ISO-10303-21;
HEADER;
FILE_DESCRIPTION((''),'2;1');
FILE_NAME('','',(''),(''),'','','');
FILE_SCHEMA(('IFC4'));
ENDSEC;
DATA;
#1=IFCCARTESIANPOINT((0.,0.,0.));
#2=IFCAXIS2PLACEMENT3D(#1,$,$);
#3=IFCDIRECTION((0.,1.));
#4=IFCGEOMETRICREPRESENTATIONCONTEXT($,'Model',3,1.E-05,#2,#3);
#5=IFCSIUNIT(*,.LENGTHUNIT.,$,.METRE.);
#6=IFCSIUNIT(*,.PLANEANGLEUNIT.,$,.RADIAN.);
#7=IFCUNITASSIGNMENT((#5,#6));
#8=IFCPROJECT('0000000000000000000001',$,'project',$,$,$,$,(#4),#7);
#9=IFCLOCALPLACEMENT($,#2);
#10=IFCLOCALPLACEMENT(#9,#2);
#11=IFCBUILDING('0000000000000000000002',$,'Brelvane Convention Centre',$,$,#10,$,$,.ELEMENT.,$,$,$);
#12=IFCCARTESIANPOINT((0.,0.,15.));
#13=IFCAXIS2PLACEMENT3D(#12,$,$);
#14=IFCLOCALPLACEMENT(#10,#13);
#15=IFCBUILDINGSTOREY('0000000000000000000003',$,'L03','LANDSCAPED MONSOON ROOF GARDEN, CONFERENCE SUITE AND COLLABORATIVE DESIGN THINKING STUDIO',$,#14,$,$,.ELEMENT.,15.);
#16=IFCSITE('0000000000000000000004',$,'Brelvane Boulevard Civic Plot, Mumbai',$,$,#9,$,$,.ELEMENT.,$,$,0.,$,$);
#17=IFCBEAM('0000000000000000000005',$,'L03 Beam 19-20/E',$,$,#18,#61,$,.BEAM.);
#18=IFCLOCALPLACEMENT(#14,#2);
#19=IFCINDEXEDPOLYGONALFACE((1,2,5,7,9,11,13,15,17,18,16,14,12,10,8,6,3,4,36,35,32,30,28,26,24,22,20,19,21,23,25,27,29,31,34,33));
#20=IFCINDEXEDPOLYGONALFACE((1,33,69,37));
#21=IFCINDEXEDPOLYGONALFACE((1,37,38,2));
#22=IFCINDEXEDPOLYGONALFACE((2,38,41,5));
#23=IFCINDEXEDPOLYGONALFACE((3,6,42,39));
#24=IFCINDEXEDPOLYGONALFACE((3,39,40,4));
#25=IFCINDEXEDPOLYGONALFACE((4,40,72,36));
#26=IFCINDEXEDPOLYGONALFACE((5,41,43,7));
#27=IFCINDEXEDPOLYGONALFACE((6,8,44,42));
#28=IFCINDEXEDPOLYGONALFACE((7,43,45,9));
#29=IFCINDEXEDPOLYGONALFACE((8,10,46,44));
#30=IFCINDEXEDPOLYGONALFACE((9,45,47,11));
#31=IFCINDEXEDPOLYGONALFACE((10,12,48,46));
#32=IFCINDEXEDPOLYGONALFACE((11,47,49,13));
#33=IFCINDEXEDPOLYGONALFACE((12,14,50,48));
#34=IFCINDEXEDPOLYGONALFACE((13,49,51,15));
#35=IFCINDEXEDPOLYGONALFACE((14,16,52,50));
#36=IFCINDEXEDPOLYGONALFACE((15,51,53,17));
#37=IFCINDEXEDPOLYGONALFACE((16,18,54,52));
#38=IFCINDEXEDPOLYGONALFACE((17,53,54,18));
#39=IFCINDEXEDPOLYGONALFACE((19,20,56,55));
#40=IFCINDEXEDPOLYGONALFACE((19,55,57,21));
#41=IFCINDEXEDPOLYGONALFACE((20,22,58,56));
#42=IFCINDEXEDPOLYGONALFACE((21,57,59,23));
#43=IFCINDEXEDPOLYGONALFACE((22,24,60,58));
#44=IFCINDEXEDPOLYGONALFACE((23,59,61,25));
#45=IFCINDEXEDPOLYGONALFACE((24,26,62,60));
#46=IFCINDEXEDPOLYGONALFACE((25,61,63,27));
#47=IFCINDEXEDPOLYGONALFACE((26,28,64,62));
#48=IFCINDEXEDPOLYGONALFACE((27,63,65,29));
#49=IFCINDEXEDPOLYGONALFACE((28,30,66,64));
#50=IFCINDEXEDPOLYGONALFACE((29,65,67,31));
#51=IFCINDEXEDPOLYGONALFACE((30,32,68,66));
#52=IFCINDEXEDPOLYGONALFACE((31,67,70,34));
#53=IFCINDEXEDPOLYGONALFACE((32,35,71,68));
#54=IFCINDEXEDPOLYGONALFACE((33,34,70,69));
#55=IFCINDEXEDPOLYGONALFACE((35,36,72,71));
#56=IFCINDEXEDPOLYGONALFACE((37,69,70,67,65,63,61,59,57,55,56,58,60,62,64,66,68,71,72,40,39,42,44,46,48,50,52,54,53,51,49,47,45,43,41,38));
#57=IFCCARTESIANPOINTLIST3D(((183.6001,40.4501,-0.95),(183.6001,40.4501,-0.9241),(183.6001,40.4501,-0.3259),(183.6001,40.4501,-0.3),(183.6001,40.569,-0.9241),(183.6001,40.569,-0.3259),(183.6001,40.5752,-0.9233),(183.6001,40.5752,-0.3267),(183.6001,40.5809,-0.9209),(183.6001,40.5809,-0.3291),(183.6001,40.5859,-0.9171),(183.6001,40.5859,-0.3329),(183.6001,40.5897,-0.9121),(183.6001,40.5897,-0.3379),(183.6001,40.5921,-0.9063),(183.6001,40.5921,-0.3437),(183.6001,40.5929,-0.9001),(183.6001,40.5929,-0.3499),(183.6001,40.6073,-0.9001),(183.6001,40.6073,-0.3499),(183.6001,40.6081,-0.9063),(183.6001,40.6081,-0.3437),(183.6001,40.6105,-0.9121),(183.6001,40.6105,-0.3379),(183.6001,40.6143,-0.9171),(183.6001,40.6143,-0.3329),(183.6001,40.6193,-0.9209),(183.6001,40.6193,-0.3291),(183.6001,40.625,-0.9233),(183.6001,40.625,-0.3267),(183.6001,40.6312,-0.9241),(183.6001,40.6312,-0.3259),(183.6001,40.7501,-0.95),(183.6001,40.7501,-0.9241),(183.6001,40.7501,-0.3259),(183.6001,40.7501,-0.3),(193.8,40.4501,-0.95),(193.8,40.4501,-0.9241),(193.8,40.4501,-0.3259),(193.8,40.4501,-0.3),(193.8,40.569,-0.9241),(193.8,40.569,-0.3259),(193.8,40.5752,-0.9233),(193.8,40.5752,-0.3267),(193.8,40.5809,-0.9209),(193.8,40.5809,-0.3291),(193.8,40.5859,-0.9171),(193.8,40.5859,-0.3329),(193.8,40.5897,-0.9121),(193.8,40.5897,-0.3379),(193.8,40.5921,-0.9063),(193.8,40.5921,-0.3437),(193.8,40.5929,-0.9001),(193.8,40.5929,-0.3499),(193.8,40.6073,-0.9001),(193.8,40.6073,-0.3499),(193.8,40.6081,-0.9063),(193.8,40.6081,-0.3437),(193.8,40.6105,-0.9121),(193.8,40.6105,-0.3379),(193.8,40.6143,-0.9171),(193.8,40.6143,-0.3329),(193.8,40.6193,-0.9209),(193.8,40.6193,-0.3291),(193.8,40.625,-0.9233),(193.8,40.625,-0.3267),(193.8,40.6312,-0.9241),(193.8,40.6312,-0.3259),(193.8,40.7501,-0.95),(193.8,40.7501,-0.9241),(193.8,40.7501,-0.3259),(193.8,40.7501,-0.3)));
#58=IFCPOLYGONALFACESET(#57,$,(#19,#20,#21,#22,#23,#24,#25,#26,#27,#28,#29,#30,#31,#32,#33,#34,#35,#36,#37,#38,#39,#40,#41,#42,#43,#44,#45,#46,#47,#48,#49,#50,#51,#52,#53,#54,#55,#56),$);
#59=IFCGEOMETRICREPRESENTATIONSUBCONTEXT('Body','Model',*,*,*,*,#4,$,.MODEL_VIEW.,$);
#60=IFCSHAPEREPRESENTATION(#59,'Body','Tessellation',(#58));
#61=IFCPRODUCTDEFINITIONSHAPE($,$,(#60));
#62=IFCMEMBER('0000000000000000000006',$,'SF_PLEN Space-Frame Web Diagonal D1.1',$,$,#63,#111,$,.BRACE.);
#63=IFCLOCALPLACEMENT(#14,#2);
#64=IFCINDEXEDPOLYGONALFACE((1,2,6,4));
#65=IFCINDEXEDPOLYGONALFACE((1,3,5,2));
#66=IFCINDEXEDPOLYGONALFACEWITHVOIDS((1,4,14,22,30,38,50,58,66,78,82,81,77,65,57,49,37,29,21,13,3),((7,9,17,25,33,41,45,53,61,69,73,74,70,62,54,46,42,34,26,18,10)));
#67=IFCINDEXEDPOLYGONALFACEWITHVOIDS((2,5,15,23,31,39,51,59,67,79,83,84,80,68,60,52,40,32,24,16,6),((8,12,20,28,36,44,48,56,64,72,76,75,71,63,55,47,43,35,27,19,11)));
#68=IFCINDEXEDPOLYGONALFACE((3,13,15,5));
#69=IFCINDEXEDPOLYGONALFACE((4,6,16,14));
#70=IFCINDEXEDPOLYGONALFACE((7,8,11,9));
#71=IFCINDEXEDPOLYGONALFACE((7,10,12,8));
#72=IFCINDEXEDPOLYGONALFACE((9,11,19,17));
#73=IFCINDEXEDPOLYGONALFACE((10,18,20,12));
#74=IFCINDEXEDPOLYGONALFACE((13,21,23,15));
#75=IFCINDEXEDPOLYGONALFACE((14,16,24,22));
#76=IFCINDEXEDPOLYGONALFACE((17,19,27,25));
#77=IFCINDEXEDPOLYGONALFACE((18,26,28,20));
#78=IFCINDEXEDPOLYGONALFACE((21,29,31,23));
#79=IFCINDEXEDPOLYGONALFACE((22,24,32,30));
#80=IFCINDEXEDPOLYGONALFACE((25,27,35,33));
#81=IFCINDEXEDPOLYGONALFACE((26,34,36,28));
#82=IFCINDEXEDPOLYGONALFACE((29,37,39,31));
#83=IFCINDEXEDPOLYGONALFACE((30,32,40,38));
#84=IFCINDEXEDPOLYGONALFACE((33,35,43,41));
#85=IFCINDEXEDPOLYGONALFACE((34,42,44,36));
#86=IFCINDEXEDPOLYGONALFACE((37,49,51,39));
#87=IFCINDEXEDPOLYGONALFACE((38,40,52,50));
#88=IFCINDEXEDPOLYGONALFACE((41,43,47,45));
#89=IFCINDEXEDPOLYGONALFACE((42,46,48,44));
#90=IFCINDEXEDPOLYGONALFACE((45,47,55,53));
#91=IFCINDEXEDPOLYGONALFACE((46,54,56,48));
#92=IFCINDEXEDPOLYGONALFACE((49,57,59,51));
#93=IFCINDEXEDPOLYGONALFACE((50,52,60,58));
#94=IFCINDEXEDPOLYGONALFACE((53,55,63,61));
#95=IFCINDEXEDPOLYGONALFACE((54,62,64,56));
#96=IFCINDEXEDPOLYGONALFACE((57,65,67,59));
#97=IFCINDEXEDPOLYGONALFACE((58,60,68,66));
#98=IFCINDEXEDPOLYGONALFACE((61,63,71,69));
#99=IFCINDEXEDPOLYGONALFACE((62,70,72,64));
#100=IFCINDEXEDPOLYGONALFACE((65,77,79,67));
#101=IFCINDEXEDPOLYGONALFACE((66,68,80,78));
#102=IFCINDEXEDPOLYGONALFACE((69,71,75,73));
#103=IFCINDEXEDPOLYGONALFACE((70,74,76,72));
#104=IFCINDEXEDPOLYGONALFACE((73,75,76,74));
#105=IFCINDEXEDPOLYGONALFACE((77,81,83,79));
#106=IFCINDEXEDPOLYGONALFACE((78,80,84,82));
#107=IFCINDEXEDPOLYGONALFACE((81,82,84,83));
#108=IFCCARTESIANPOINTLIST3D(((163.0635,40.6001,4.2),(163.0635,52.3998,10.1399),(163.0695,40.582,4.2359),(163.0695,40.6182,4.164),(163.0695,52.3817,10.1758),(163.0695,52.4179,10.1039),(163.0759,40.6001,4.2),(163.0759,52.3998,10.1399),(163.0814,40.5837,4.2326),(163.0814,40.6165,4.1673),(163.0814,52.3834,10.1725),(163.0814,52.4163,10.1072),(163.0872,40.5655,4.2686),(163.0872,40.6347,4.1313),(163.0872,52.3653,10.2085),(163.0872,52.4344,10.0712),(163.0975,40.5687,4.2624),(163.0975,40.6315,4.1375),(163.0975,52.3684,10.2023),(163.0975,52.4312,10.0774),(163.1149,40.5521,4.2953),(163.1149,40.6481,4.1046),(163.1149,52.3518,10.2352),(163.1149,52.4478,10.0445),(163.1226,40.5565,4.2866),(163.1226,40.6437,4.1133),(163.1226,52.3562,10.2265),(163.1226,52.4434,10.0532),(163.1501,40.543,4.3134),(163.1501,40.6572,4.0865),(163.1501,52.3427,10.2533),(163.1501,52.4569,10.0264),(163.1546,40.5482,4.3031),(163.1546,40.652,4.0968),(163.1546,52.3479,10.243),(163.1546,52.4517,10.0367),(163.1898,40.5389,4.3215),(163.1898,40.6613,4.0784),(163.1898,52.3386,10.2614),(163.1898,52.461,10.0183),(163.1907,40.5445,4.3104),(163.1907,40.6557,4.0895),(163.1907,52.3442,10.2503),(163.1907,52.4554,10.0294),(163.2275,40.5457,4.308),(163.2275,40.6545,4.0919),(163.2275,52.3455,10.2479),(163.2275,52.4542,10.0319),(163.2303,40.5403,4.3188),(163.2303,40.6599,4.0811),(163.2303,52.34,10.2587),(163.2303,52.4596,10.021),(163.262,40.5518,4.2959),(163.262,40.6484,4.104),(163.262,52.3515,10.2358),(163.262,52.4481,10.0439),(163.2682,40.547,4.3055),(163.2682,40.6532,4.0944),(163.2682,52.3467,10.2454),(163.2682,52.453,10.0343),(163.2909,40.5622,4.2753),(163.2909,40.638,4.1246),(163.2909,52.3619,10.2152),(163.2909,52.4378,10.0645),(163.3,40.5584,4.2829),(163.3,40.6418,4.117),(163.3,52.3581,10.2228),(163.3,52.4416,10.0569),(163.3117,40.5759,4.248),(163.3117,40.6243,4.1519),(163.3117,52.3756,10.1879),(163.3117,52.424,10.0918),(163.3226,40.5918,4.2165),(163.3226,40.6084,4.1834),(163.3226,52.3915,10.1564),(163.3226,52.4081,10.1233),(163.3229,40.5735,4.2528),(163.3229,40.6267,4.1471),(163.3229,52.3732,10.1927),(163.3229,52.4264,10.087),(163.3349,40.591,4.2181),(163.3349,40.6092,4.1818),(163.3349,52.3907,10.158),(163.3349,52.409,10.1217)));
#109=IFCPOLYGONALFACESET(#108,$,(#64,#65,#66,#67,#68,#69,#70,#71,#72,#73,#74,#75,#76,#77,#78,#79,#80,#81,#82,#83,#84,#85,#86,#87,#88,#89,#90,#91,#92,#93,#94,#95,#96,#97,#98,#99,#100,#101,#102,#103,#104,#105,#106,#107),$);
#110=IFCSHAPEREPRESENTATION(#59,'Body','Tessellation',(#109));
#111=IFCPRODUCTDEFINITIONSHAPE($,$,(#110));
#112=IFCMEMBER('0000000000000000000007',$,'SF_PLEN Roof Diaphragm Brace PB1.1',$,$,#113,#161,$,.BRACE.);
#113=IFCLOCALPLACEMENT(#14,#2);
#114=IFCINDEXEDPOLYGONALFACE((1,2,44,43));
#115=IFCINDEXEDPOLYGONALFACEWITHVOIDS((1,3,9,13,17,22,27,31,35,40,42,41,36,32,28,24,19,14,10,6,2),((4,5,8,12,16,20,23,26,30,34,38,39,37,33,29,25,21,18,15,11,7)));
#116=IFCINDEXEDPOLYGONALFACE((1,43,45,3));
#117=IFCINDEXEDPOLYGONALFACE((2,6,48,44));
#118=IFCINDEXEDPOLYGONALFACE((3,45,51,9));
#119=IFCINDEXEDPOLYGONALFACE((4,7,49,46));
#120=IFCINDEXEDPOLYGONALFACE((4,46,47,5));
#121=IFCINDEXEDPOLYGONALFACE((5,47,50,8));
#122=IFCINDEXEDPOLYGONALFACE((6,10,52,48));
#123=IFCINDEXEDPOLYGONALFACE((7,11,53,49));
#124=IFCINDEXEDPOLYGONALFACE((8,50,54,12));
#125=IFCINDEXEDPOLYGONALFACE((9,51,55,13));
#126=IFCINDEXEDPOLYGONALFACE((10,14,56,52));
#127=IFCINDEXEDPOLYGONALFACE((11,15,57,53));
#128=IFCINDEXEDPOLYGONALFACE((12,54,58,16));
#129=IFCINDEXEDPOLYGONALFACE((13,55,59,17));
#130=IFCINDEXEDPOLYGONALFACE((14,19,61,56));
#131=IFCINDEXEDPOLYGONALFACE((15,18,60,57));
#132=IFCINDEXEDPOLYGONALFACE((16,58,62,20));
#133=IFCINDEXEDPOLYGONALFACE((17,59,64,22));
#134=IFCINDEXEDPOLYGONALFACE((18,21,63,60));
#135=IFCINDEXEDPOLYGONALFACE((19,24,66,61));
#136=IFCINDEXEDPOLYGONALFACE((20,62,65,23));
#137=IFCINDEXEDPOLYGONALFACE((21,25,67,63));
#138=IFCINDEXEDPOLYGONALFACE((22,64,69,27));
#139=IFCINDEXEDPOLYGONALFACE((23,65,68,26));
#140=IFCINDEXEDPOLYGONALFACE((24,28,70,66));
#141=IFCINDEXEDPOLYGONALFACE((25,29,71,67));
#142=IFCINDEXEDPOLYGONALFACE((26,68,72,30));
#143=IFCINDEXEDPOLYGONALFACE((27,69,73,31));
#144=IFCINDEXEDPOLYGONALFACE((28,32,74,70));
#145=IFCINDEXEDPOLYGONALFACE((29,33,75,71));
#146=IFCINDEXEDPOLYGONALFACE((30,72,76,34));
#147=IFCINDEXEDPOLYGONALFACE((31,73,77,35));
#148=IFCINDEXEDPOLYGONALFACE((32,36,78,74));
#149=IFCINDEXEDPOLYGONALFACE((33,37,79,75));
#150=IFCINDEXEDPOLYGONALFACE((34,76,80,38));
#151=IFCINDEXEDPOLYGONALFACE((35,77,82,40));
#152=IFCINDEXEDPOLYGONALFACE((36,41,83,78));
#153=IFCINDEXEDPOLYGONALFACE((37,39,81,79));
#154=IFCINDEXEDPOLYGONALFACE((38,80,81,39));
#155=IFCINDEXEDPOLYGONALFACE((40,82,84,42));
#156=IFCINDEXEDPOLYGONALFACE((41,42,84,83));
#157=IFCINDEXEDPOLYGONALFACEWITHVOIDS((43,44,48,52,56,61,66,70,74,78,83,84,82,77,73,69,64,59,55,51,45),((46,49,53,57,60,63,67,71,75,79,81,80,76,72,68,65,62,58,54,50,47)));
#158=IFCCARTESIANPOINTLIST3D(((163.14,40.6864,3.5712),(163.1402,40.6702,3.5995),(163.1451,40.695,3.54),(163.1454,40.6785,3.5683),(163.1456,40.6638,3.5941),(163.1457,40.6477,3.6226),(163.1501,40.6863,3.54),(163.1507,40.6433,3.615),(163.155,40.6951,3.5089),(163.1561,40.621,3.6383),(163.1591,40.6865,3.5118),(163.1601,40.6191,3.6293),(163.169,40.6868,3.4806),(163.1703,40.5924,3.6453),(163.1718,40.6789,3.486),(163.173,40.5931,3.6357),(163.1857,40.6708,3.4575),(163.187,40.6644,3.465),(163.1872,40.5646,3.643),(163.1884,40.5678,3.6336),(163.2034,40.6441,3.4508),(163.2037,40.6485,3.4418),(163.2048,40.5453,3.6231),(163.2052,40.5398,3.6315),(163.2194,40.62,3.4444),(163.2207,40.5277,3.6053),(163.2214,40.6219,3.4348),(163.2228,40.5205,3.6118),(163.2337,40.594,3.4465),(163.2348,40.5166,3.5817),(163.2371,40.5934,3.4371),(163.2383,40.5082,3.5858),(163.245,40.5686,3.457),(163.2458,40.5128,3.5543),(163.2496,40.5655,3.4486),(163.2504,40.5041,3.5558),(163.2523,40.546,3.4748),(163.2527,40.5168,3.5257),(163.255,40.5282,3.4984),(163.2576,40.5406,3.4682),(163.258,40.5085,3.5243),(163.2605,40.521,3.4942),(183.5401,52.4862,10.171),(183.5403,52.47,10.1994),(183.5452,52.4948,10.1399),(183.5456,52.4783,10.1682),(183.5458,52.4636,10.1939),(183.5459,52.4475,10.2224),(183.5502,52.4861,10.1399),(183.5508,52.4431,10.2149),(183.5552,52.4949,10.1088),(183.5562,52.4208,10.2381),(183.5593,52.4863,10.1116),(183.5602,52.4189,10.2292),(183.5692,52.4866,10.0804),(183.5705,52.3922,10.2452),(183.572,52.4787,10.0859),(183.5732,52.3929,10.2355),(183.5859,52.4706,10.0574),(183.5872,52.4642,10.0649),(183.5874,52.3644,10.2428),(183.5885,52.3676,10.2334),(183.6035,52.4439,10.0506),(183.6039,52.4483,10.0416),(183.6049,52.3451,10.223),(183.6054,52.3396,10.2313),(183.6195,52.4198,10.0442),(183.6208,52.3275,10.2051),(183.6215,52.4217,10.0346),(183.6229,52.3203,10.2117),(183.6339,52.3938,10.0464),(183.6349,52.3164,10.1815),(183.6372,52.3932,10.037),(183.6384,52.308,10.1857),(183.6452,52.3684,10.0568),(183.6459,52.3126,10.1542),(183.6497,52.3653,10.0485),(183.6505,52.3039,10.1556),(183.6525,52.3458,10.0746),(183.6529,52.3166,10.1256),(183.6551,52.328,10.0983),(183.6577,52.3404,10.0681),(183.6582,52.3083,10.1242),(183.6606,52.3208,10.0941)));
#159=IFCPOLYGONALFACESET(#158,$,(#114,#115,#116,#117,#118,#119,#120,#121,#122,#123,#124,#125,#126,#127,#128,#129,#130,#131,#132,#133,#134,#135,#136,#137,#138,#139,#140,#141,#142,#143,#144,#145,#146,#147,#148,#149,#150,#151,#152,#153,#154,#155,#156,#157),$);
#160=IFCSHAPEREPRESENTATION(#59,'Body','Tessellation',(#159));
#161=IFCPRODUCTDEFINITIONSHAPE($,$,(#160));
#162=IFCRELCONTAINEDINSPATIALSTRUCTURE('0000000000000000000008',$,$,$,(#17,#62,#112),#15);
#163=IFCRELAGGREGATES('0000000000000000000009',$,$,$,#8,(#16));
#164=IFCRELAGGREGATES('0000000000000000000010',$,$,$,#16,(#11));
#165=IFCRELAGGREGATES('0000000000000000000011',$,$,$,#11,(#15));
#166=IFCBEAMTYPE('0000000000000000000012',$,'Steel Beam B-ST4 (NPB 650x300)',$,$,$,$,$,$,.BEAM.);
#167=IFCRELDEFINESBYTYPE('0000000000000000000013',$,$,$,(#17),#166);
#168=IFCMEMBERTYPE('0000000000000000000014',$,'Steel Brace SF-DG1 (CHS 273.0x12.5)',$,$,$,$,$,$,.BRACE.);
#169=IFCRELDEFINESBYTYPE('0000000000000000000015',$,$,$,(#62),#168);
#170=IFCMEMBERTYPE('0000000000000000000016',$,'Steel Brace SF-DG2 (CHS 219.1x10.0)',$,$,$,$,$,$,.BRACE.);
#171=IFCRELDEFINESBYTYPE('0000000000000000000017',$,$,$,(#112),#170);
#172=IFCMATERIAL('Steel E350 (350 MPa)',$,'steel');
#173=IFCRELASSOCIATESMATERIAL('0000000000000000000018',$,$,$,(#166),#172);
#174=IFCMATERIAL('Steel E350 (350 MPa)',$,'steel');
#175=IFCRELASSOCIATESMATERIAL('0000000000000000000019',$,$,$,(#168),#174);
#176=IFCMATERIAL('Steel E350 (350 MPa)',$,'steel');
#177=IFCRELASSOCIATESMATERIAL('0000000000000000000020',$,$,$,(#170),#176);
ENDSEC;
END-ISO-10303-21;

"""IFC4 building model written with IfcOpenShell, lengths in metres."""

from ifc_helpers import new_model, si_unit, direction, frame, origin, origin_2d, place, context, subcontext, project, spatial, hollow_circle, i_section, extrude, material, material_profile, profile_set, type_object, element, save


model = new_model("IFC4")

# Units and contexts
model_context = context("Model", 3, precision=1e-05, world=origin(), true_north=direction((0.0, 1.0)))
body_context = subcontext(model_context, "Body", "Model", "MODEL_VIEW")
ifc_project = project(units=[si_unit("LENGTHUNIT", "METRE"), si_unit("PLANEANGLEUNIT", "RADIAN")], contexts=[model_context])

# Site, building, storey
site_placement = place(None, origin())
site = spatial("IfcSite", under=ifc_project, at=site_placement, Name="Brelvane Boulevard Civic Plot, Mumbai", CompositionType="ELEMENT", RefElevation=0.0)
building_placement = place(site_placement, origin())
building = spatial("IfcBuilding", under=site, at=building_placement, Name="Brelvane Convention Centre", CompositionType="ELEMENT")
storey_placement = place(building_placement, frame((0.0, 0.0, 15.0)))
storey = spatial("IfcBuildingStorey", under=building, at=storey_placement, Name="L03", Description="LANDSCAPED MONSOON ROOF GARDEN, CONFERENCE SUITE AND COLLABORATIVE DESIGN THINKING STUDIO", CompositionType="ELEMENT", Elevation=15.0)

# Beam
ifc_material_1 = material(Name="Steel E350 (350 MPa)", Category="steel")
ifc_material_profile_1 = material_profile(ifc_material_1, i_section(OverallWidth=0.3, OverallDepth=0.6499, WebThickness=0.0144, FlangeThickness=0.0259, FilletRadius=0.0239, at=origin_2d()), Name="NPB 650x300")
ifc_profile_set_1 = profile_set([ifc_material_profile_1], Name="Steel E350 (350 MPa)")
beam_type_1 = type_object("IfcBeamType", Name="Steel Beam B-ST4 (NPB 650x300)", PredefinedType="BEAM", material=ifc_profile_set_1)
beam_1_placement = place(storey_placement, frame((183.6001, 40.6001, -0.625), z_axis=(1.0, 0.0, 0.0), x_axis=(0.0, 1.0, 0.0)))
element("IfcBeam", 1, at=beam_1_placement, inside=storey, type_object=beam_type_1, Name="L03 Beam 19-20/E", PredefinedType="BEAM", context=body_context, shape_type="SweptSolid", body=[
    extrude(i_section(OverallWidth=0.3, OverallDepth=0.6499, WebThickness=0.0144, FlangeThickness=0.0259, FilletRadius=0.0239, at=origin_2d()), origin(), (0.0, 0.0, 1.0), 10.2),
])

# Members
ifc_material_2 = material(Name="Steel E350 (350 MPa)", Category="steel")
ifc_material_profile_2 = material_profile(ifc_material_2, hollow_circle(Radius=0.1365, WallThickness=0.0125, at=origin_2d()), Name="CHS 273.0x12.5")
ifc_profile_set_2 = profile_set([ifc_material_profile_2], Name="Steel E350 (350 MPa)")
member_type_1 = type_object("IfcMemberType", Name="Steel Brace SF-DG1 (CHS 273.0x12.5)", PredefinedType="BRACE", material=ifc_profile_set_2)
member_1_placement = place(storey_placement, frame((163.2, 40.6001, 4.2), z_axis=(0.0, 0.893212, 0.449637), x_axis=(-1.0, 0.0, 0.0)))
element("IfcMember", 2, at=member_1_placement, inside=storey, type_object=member_type_1, Name="SF_PLEN Space-Frame Web Diagonal D1.1", PredefinedType="BRACE", context=body_context, shape_type="SweptSolid", body=[
    extrude(hollow_circle(Radius=0.1365, WallThickness=0.0125, at=origin_2d()), origin(), (0.0, 0.0, 1.0), 13.2104),
])
ifc_material_3 = material(Name="Steel E350 (350 MPa)", Category="steel")
ifc_material_profile_3 = material_profile(ifc_material_3, hollow_circle(Radius=0.1096, WallThickness=0.01, at=origin_2d()), Name="CHS 219.1x10.0")
ifc_profile_set_3 = profile_set([ifc_material_profile_3], Name="Steel E350 (350 MPa)")
member_type_2 = type_object("IfcMemberType", Name="Steel Brace SF-DG2 (CHS 219.1x10.0)", PredefinedType="BRACE", material=ifc_profile_set_3)
member_2_placement = place(storey_placement, frame((163.2, 40.6001, 3.54), z_axis=(0.833556, 0.482143, 0.269672), x_axis=(-0.500693, 0.865625, 0.0)))
element("IfcMember", 3, at=member_2_placement, inside=storey, type_object=member_type_2, Name="SF_PLEN Roof Diaphragm Brace PB1.1", PredefinedType="BRACE", context=body_context, shape_type="SweptSolid", body=[
    extrude(hollow_circle(Radius=0.1096, WallThickness=0.01, at=origin_2d()), origin(), (0.0, 0.0, 1.0), 24.4736),
])

save(model, "model.ifc")
